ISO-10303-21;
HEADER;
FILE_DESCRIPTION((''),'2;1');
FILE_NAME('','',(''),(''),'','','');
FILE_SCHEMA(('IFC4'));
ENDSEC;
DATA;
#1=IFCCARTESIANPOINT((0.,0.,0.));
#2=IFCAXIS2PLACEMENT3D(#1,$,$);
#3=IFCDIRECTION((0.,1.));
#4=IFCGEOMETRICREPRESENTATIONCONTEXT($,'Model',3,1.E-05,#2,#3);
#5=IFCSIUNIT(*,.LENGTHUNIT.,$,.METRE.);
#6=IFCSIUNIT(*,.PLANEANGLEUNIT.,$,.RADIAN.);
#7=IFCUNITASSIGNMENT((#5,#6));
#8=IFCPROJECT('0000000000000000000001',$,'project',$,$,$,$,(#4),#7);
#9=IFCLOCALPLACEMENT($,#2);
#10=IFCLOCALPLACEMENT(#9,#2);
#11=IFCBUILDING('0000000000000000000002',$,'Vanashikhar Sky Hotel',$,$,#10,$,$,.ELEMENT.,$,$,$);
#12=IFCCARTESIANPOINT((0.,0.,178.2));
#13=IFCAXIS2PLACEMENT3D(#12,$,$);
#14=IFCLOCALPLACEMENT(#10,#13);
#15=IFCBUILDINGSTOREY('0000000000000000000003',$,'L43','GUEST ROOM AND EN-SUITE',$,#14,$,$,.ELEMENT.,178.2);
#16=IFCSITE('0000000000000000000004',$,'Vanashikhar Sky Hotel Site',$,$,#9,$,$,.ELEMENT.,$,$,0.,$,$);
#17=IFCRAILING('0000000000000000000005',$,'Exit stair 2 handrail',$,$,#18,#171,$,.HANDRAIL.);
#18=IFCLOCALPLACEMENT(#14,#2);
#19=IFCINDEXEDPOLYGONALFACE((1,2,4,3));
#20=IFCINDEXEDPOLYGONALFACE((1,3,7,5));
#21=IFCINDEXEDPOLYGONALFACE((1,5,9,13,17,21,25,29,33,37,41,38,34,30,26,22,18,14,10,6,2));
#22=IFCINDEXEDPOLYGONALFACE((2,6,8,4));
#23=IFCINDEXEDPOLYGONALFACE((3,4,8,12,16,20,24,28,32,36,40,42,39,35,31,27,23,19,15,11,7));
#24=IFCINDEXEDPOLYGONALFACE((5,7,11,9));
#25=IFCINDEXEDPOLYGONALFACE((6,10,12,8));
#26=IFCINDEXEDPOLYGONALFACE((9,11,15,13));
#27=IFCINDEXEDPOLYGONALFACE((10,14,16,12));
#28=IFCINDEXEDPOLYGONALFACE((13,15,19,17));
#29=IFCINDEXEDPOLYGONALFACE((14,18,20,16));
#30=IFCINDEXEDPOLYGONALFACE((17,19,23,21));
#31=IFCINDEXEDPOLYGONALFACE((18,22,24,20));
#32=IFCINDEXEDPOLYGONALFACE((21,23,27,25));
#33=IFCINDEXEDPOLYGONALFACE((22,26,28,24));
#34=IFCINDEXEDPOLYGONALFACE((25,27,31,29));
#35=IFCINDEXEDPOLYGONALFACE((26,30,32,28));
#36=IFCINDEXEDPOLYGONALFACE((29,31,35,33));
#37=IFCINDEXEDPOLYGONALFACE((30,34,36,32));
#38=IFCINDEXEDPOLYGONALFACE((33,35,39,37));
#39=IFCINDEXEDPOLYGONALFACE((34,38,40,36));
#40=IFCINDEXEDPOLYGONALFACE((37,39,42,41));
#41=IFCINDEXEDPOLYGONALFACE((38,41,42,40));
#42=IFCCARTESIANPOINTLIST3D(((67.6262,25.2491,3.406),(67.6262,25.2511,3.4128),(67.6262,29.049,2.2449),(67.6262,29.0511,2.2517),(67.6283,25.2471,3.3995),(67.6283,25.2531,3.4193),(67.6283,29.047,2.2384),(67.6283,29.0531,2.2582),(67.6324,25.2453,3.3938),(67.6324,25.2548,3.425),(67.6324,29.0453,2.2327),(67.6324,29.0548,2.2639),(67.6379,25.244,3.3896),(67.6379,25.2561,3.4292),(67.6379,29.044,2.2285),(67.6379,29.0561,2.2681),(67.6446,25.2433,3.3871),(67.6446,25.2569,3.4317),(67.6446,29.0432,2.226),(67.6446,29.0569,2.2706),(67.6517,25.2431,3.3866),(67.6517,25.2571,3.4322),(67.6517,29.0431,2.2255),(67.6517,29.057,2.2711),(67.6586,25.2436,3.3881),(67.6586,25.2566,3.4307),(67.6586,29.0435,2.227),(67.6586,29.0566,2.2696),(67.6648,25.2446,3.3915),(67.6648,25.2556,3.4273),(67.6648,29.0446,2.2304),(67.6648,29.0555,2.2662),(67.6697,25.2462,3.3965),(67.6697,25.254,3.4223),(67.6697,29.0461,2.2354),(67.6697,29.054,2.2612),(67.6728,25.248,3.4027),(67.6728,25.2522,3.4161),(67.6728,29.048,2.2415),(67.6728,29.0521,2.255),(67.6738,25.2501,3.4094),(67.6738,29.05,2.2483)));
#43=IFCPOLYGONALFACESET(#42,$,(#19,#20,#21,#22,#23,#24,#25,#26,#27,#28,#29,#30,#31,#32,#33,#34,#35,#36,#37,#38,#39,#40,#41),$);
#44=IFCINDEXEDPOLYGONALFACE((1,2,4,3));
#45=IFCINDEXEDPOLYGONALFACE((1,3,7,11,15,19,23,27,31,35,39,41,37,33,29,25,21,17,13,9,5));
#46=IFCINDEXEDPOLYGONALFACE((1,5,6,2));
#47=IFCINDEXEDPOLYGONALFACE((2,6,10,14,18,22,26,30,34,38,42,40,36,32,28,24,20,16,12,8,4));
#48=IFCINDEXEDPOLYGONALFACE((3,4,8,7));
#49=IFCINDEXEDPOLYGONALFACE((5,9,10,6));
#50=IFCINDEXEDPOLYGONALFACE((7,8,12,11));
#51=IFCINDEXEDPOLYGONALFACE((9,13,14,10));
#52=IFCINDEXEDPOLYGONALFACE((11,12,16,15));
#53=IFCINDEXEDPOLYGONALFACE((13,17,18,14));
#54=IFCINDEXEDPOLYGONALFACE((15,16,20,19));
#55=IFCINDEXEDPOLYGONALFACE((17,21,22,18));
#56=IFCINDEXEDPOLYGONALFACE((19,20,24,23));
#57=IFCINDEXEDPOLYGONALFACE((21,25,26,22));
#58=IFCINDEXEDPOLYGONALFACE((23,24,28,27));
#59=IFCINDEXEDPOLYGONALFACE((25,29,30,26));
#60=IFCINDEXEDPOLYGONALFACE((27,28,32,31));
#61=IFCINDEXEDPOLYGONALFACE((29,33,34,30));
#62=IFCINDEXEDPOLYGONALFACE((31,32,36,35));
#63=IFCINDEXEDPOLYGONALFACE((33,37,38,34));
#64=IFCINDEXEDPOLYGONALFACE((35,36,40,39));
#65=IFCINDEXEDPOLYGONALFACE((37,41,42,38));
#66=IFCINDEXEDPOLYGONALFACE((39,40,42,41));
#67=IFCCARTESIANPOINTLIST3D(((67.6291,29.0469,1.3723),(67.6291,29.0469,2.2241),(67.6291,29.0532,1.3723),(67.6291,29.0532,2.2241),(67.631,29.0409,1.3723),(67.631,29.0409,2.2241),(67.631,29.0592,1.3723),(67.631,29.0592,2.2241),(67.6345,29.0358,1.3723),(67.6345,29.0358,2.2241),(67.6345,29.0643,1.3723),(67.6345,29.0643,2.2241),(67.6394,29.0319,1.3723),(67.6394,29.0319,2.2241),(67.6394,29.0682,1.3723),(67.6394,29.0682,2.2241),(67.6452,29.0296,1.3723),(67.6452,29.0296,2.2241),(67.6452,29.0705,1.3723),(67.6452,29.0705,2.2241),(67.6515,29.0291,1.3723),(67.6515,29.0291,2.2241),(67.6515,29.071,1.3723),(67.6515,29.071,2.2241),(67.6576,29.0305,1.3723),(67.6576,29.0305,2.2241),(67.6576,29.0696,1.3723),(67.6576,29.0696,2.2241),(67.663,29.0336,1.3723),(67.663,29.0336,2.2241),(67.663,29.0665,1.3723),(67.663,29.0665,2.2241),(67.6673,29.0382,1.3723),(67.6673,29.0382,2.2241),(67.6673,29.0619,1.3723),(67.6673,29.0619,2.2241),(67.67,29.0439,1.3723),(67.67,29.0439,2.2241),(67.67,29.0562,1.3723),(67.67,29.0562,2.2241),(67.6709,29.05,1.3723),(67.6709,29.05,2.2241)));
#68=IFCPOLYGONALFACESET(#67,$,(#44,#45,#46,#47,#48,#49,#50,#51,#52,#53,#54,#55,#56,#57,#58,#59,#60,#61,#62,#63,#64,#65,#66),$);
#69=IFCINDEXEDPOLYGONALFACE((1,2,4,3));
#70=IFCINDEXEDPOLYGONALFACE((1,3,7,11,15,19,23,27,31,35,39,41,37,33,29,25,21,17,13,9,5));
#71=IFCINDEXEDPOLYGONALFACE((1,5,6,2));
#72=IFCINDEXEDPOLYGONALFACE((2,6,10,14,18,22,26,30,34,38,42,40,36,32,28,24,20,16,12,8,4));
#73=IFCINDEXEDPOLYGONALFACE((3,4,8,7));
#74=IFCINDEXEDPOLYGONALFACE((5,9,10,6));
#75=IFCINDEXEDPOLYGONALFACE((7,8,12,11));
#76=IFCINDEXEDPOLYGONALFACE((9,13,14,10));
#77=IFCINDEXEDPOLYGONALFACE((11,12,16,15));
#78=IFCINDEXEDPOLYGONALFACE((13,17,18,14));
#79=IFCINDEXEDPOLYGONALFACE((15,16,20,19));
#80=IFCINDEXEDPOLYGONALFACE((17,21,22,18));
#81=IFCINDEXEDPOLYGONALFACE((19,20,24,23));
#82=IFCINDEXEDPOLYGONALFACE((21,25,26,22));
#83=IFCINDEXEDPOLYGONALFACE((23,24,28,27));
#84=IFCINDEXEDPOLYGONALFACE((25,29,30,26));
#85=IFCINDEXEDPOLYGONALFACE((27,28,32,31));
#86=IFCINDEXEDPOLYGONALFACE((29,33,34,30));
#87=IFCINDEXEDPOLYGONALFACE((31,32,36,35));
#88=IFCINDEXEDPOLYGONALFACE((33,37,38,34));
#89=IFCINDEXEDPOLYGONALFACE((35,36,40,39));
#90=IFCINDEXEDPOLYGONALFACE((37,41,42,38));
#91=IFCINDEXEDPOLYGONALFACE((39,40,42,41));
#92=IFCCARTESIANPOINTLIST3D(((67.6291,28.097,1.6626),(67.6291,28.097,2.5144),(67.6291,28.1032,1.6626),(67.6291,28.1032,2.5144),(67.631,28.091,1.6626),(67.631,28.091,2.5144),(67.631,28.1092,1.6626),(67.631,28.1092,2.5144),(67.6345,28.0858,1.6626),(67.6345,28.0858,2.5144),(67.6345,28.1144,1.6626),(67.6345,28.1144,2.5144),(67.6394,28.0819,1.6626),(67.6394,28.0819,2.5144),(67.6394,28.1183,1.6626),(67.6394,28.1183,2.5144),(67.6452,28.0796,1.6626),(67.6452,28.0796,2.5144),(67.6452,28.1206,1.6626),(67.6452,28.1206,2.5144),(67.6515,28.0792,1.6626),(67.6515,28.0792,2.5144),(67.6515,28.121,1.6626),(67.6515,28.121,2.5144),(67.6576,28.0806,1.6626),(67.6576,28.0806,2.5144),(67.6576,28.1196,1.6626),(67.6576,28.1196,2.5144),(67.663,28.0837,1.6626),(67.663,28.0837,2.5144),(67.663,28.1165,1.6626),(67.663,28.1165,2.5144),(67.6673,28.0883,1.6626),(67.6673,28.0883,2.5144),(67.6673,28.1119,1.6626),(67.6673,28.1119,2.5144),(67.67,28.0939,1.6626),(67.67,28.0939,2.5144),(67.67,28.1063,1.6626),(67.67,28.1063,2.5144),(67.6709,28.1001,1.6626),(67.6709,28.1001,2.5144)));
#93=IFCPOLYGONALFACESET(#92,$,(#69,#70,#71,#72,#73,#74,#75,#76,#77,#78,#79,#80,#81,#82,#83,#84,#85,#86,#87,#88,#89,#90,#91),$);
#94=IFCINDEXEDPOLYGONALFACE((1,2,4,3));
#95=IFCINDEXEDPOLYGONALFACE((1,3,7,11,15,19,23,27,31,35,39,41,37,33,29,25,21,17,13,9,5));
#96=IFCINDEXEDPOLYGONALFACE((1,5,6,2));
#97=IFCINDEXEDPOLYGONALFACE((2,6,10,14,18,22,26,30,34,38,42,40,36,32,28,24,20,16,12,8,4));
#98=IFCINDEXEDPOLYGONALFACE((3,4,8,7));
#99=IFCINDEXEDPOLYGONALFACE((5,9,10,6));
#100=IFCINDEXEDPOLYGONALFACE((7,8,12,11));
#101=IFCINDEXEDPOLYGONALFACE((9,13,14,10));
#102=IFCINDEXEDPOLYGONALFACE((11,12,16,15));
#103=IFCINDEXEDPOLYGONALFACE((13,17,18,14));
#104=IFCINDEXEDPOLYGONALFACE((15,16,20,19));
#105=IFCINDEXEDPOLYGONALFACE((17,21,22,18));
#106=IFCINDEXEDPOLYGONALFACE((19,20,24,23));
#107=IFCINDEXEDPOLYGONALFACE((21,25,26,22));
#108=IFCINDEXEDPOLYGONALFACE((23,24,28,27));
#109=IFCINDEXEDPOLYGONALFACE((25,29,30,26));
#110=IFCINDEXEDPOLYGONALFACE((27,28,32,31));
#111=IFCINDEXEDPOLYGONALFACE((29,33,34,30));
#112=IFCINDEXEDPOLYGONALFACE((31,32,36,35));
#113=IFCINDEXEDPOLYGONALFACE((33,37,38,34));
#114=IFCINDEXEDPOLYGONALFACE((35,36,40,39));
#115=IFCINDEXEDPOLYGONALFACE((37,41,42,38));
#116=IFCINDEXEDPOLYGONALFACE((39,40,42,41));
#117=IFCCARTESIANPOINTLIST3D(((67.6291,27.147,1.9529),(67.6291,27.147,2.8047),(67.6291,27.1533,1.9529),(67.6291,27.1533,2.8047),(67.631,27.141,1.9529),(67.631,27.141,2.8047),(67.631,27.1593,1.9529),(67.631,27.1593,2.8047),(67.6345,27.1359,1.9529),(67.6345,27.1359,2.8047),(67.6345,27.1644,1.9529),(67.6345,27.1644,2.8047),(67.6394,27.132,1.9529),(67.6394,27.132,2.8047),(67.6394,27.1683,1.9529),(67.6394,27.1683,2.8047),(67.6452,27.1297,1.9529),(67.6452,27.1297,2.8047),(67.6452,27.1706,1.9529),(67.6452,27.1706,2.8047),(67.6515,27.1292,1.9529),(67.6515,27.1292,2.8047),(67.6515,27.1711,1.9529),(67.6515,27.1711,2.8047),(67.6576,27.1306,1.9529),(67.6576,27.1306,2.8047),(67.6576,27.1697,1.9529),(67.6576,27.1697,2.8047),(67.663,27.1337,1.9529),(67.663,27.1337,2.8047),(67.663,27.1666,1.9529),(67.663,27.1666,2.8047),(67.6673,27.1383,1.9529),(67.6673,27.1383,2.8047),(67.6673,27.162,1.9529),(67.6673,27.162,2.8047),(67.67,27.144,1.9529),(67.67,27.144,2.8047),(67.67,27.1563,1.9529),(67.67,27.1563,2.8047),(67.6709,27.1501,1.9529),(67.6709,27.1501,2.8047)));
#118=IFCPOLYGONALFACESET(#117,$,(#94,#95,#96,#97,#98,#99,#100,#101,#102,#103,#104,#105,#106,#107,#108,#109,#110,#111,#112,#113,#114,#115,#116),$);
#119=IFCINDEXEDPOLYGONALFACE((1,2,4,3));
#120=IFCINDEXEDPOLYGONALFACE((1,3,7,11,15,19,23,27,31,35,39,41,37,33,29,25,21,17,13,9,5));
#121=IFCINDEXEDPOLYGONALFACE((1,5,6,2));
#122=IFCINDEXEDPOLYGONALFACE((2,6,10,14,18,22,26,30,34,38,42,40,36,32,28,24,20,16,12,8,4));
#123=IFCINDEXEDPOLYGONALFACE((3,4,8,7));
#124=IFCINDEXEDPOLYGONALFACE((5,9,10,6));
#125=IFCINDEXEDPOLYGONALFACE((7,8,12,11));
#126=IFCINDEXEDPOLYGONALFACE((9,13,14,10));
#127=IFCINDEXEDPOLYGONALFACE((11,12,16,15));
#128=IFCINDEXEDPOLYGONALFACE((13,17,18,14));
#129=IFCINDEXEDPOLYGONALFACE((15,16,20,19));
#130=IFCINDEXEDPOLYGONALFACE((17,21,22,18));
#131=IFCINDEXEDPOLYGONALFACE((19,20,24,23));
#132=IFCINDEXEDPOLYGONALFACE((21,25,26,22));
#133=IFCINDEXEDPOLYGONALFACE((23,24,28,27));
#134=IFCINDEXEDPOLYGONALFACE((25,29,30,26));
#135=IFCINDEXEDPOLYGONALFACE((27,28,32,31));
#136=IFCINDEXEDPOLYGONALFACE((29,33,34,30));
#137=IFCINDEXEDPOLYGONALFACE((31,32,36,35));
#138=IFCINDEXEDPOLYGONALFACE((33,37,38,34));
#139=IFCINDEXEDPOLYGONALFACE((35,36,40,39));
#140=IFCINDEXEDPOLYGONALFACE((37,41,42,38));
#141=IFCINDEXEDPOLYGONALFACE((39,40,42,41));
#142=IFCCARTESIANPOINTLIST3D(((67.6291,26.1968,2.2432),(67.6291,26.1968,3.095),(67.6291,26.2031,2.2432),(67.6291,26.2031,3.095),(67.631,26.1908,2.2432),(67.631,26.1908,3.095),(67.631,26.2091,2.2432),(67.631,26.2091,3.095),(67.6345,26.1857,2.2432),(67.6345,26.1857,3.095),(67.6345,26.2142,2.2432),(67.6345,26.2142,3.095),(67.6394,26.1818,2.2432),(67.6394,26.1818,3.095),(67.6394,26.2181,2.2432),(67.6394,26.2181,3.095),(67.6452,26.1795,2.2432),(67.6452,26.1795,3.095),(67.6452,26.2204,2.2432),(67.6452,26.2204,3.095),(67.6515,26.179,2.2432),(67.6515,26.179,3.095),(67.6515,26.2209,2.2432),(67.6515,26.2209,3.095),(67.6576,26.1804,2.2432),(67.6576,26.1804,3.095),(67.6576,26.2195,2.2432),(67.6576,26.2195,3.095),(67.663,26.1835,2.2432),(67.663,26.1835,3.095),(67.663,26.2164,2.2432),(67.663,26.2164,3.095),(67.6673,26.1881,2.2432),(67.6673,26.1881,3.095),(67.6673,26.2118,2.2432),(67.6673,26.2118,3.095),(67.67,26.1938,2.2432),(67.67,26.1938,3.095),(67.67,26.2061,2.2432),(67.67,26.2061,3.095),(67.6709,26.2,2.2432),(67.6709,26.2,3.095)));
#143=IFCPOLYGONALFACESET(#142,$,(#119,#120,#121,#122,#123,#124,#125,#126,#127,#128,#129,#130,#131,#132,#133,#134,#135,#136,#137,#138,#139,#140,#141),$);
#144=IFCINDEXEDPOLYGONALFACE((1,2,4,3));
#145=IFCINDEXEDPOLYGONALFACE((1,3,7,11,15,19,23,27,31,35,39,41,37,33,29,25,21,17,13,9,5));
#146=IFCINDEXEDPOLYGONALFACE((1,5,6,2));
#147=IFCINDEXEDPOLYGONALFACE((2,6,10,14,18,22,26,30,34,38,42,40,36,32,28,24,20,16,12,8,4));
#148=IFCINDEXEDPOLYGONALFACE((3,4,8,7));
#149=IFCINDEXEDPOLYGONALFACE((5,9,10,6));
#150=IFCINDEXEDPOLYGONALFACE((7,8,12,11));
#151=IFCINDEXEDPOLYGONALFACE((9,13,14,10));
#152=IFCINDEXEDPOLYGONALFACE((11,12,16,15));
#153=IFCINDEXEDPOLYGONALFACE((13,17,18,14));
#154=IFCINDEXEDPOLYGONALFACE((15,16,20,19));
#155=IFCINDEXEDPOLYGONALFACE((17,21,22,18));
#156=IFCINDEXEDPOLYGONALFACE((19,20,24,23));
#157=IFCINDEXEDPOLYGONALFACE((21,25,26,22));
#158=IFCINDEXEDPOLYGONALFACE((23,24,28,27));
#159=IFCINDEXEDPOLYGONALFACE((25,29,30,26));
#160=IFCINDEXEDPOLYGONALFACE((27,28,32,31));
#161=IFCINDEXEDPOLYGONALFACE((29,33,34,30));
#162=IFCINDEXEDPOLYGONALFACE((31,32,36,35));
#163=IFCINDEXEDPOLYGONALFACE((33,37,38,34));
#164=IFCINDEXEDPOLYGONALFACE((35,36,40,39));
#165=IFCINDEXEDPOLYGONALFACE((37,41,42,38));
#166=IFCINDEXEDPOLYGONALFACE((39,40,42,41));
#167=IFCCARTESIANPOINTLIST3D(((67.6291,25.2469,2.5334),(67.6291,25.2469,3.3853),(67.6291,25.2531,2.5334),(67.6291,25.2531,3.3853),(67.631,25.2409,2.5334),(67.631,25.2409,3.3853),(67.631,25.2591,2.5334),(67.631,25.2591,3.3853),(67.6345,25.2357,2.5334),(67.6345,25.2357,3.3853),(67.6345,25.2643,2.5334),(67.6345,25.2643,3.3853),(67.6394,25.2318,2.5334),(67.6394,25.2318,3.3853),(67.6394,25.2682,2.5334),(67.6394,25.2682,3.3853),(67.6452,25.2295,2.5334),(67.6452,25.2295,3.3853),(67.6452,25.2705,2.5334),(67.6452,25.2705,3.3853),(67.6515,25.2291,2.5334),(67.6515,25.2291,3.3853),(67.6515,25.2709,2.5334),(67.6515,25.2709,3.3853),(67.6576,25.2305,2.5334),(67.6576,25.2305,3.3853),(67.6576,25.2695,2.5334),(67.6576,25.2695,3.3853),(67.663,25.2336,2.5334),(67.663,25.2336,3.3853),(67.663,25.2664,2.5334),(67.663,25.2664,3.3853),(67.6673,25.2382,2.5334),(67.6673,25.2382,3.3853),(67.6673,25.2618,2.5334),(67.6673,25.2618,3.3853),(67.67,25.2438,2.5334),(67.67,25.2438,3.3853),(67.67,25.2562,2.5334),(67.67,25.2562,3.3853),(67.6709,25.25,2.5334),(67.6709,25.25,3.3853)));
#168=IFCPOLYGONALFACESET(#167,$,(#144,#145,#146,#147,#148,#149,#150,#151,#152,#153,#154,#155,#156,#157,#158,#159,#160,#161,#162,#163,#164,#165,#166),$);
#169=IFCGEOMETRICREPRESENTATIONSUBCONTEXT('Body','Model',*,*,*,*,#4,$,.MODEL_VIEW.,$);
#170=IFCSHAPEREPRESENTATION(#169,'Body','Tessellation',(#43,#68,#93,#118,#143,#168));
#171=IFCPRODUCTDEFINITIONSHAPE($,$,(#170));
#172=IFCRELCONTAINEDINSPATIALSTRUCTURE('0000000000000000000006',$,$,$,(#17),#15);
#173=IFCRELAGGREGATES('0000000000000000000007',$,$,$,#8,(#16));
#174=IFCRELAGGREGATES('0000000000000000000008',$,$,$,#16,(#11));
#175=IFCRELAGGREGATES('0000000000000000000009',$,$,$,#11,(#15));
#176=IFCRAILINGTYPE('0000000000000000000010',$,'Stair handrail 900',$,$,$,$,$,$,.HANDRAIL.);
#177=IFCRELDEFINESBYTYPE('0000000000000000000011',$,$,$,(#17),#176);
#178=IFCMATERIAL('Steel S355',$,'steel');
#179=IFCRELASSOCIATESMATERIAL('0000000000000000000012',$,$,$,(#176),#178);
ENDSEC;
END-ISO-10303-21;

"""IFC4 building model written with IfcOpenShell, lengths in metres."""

from ifc_helpers import new_model, si_unit, direction, frame, origin, origin_2d, place, context, subcontext, project, spatial, circle, extrude, source, transform, mapped, material, type_object, element, save


model = new_model("IFC4")

# Units and contexts
model_context = context("Model", 3, precision=1e-05, world=origin(), true_north=direction((0.0, 1.0)))
body_context = subcontext(model_context, "Body", "Model", "MODEL_VIEW")
ifc_project = project(units=[si_unit("LENGTHUNIT", "METRE"), si_unit("PLANEANGLEUNIT", "RADIAN")], contexts=[model_context])

# Site, building, storey
site_placement = place(None, origin())
site = spatial("IfcSite", under=ifc_project, at=site_placement, Name="Vanashikhar Sky Hotel Site", CompositionType="ELEMENT", RefElevation=0.0)
building_placement = place(site_placement, origin())
building = spatial("IfcBuilding", under=site, at=building_placement, Name="Vanashikhar Sky Hotel", CompositionType="ELEMENT")
storey_placement = place(building_placement, frame((0.0, 0.0, 178.2)))
storey = spatial("IfcBuildingStorey", under=building, at=storey_placement, Name="L43", Description="GUEST ROOM AND EN-SUITE", CompositionType="ELEMENT", Elevation=178.2)

# Railing
ifc_material_1 = material(Name="Steel S355", Category="steel")
railing_type_1 = type_object("IfcRailingType", Name="Stair handrail 900", PredefinedType="HANDRAIL", material=ifc_material_1)
shared_shape_1 = source(origin(), body_context, "Body", "SweptSolid", [
    extrude(circle(Radius=0.0239, at=origin_2d()), frame((0.0, 0.0, 0.876), z_axis=(0.0, -0.956351, 0.29222), x_axis=(1.0, 0.0, 0.0)), (0.0, 0.0, 1.0), 3.9734),
    extrude(circle(Radius=0.021, at=origin_2d()), origin(), (0.0, 0.0, 1.0), 0.8518),
    extrude(circle(Radius=0.021, at=origin_2d()), frame((0.0, -0.95, 0.2903)), (0.0, 0.0, 1.0), 0.8518),
    extrude(circle(Radius=0.021, at=origin_2d()), frame((0.0, -1.8999, 0.5806)), (0.0, 0.0, 1.0), 0.8518),
    extrude(circle(Radius=0.021, at=origin_2d()), frame((0.0, -2.8501, 0.8708)), (0.0, 0.0, 1.0), 0.8518),
    extrude(circle(Radius=0.021, at=origin_2d()), frame((0.0, -3.8, 1.1611)), (0.0, 0.0, 1.0), 0.8518),
])
for number, where, name in (
    (1, (67.6499, 29.05, 1.3723), "Exit stair 2 handrail"),
):
    element("IfcRailing", number, at=place(storey_placement, frame(where)), inside=storey, type_object=railing_type_1, Name=name, PredefinedType="HANDRAIL", context=body_context, shape_type="MappedRepresentation", body=[
        mapped(shared_shape_1, transform((0.0, 0.0, 0.0), scale=1.0)),
    ])

save(model, "model.ifc")
